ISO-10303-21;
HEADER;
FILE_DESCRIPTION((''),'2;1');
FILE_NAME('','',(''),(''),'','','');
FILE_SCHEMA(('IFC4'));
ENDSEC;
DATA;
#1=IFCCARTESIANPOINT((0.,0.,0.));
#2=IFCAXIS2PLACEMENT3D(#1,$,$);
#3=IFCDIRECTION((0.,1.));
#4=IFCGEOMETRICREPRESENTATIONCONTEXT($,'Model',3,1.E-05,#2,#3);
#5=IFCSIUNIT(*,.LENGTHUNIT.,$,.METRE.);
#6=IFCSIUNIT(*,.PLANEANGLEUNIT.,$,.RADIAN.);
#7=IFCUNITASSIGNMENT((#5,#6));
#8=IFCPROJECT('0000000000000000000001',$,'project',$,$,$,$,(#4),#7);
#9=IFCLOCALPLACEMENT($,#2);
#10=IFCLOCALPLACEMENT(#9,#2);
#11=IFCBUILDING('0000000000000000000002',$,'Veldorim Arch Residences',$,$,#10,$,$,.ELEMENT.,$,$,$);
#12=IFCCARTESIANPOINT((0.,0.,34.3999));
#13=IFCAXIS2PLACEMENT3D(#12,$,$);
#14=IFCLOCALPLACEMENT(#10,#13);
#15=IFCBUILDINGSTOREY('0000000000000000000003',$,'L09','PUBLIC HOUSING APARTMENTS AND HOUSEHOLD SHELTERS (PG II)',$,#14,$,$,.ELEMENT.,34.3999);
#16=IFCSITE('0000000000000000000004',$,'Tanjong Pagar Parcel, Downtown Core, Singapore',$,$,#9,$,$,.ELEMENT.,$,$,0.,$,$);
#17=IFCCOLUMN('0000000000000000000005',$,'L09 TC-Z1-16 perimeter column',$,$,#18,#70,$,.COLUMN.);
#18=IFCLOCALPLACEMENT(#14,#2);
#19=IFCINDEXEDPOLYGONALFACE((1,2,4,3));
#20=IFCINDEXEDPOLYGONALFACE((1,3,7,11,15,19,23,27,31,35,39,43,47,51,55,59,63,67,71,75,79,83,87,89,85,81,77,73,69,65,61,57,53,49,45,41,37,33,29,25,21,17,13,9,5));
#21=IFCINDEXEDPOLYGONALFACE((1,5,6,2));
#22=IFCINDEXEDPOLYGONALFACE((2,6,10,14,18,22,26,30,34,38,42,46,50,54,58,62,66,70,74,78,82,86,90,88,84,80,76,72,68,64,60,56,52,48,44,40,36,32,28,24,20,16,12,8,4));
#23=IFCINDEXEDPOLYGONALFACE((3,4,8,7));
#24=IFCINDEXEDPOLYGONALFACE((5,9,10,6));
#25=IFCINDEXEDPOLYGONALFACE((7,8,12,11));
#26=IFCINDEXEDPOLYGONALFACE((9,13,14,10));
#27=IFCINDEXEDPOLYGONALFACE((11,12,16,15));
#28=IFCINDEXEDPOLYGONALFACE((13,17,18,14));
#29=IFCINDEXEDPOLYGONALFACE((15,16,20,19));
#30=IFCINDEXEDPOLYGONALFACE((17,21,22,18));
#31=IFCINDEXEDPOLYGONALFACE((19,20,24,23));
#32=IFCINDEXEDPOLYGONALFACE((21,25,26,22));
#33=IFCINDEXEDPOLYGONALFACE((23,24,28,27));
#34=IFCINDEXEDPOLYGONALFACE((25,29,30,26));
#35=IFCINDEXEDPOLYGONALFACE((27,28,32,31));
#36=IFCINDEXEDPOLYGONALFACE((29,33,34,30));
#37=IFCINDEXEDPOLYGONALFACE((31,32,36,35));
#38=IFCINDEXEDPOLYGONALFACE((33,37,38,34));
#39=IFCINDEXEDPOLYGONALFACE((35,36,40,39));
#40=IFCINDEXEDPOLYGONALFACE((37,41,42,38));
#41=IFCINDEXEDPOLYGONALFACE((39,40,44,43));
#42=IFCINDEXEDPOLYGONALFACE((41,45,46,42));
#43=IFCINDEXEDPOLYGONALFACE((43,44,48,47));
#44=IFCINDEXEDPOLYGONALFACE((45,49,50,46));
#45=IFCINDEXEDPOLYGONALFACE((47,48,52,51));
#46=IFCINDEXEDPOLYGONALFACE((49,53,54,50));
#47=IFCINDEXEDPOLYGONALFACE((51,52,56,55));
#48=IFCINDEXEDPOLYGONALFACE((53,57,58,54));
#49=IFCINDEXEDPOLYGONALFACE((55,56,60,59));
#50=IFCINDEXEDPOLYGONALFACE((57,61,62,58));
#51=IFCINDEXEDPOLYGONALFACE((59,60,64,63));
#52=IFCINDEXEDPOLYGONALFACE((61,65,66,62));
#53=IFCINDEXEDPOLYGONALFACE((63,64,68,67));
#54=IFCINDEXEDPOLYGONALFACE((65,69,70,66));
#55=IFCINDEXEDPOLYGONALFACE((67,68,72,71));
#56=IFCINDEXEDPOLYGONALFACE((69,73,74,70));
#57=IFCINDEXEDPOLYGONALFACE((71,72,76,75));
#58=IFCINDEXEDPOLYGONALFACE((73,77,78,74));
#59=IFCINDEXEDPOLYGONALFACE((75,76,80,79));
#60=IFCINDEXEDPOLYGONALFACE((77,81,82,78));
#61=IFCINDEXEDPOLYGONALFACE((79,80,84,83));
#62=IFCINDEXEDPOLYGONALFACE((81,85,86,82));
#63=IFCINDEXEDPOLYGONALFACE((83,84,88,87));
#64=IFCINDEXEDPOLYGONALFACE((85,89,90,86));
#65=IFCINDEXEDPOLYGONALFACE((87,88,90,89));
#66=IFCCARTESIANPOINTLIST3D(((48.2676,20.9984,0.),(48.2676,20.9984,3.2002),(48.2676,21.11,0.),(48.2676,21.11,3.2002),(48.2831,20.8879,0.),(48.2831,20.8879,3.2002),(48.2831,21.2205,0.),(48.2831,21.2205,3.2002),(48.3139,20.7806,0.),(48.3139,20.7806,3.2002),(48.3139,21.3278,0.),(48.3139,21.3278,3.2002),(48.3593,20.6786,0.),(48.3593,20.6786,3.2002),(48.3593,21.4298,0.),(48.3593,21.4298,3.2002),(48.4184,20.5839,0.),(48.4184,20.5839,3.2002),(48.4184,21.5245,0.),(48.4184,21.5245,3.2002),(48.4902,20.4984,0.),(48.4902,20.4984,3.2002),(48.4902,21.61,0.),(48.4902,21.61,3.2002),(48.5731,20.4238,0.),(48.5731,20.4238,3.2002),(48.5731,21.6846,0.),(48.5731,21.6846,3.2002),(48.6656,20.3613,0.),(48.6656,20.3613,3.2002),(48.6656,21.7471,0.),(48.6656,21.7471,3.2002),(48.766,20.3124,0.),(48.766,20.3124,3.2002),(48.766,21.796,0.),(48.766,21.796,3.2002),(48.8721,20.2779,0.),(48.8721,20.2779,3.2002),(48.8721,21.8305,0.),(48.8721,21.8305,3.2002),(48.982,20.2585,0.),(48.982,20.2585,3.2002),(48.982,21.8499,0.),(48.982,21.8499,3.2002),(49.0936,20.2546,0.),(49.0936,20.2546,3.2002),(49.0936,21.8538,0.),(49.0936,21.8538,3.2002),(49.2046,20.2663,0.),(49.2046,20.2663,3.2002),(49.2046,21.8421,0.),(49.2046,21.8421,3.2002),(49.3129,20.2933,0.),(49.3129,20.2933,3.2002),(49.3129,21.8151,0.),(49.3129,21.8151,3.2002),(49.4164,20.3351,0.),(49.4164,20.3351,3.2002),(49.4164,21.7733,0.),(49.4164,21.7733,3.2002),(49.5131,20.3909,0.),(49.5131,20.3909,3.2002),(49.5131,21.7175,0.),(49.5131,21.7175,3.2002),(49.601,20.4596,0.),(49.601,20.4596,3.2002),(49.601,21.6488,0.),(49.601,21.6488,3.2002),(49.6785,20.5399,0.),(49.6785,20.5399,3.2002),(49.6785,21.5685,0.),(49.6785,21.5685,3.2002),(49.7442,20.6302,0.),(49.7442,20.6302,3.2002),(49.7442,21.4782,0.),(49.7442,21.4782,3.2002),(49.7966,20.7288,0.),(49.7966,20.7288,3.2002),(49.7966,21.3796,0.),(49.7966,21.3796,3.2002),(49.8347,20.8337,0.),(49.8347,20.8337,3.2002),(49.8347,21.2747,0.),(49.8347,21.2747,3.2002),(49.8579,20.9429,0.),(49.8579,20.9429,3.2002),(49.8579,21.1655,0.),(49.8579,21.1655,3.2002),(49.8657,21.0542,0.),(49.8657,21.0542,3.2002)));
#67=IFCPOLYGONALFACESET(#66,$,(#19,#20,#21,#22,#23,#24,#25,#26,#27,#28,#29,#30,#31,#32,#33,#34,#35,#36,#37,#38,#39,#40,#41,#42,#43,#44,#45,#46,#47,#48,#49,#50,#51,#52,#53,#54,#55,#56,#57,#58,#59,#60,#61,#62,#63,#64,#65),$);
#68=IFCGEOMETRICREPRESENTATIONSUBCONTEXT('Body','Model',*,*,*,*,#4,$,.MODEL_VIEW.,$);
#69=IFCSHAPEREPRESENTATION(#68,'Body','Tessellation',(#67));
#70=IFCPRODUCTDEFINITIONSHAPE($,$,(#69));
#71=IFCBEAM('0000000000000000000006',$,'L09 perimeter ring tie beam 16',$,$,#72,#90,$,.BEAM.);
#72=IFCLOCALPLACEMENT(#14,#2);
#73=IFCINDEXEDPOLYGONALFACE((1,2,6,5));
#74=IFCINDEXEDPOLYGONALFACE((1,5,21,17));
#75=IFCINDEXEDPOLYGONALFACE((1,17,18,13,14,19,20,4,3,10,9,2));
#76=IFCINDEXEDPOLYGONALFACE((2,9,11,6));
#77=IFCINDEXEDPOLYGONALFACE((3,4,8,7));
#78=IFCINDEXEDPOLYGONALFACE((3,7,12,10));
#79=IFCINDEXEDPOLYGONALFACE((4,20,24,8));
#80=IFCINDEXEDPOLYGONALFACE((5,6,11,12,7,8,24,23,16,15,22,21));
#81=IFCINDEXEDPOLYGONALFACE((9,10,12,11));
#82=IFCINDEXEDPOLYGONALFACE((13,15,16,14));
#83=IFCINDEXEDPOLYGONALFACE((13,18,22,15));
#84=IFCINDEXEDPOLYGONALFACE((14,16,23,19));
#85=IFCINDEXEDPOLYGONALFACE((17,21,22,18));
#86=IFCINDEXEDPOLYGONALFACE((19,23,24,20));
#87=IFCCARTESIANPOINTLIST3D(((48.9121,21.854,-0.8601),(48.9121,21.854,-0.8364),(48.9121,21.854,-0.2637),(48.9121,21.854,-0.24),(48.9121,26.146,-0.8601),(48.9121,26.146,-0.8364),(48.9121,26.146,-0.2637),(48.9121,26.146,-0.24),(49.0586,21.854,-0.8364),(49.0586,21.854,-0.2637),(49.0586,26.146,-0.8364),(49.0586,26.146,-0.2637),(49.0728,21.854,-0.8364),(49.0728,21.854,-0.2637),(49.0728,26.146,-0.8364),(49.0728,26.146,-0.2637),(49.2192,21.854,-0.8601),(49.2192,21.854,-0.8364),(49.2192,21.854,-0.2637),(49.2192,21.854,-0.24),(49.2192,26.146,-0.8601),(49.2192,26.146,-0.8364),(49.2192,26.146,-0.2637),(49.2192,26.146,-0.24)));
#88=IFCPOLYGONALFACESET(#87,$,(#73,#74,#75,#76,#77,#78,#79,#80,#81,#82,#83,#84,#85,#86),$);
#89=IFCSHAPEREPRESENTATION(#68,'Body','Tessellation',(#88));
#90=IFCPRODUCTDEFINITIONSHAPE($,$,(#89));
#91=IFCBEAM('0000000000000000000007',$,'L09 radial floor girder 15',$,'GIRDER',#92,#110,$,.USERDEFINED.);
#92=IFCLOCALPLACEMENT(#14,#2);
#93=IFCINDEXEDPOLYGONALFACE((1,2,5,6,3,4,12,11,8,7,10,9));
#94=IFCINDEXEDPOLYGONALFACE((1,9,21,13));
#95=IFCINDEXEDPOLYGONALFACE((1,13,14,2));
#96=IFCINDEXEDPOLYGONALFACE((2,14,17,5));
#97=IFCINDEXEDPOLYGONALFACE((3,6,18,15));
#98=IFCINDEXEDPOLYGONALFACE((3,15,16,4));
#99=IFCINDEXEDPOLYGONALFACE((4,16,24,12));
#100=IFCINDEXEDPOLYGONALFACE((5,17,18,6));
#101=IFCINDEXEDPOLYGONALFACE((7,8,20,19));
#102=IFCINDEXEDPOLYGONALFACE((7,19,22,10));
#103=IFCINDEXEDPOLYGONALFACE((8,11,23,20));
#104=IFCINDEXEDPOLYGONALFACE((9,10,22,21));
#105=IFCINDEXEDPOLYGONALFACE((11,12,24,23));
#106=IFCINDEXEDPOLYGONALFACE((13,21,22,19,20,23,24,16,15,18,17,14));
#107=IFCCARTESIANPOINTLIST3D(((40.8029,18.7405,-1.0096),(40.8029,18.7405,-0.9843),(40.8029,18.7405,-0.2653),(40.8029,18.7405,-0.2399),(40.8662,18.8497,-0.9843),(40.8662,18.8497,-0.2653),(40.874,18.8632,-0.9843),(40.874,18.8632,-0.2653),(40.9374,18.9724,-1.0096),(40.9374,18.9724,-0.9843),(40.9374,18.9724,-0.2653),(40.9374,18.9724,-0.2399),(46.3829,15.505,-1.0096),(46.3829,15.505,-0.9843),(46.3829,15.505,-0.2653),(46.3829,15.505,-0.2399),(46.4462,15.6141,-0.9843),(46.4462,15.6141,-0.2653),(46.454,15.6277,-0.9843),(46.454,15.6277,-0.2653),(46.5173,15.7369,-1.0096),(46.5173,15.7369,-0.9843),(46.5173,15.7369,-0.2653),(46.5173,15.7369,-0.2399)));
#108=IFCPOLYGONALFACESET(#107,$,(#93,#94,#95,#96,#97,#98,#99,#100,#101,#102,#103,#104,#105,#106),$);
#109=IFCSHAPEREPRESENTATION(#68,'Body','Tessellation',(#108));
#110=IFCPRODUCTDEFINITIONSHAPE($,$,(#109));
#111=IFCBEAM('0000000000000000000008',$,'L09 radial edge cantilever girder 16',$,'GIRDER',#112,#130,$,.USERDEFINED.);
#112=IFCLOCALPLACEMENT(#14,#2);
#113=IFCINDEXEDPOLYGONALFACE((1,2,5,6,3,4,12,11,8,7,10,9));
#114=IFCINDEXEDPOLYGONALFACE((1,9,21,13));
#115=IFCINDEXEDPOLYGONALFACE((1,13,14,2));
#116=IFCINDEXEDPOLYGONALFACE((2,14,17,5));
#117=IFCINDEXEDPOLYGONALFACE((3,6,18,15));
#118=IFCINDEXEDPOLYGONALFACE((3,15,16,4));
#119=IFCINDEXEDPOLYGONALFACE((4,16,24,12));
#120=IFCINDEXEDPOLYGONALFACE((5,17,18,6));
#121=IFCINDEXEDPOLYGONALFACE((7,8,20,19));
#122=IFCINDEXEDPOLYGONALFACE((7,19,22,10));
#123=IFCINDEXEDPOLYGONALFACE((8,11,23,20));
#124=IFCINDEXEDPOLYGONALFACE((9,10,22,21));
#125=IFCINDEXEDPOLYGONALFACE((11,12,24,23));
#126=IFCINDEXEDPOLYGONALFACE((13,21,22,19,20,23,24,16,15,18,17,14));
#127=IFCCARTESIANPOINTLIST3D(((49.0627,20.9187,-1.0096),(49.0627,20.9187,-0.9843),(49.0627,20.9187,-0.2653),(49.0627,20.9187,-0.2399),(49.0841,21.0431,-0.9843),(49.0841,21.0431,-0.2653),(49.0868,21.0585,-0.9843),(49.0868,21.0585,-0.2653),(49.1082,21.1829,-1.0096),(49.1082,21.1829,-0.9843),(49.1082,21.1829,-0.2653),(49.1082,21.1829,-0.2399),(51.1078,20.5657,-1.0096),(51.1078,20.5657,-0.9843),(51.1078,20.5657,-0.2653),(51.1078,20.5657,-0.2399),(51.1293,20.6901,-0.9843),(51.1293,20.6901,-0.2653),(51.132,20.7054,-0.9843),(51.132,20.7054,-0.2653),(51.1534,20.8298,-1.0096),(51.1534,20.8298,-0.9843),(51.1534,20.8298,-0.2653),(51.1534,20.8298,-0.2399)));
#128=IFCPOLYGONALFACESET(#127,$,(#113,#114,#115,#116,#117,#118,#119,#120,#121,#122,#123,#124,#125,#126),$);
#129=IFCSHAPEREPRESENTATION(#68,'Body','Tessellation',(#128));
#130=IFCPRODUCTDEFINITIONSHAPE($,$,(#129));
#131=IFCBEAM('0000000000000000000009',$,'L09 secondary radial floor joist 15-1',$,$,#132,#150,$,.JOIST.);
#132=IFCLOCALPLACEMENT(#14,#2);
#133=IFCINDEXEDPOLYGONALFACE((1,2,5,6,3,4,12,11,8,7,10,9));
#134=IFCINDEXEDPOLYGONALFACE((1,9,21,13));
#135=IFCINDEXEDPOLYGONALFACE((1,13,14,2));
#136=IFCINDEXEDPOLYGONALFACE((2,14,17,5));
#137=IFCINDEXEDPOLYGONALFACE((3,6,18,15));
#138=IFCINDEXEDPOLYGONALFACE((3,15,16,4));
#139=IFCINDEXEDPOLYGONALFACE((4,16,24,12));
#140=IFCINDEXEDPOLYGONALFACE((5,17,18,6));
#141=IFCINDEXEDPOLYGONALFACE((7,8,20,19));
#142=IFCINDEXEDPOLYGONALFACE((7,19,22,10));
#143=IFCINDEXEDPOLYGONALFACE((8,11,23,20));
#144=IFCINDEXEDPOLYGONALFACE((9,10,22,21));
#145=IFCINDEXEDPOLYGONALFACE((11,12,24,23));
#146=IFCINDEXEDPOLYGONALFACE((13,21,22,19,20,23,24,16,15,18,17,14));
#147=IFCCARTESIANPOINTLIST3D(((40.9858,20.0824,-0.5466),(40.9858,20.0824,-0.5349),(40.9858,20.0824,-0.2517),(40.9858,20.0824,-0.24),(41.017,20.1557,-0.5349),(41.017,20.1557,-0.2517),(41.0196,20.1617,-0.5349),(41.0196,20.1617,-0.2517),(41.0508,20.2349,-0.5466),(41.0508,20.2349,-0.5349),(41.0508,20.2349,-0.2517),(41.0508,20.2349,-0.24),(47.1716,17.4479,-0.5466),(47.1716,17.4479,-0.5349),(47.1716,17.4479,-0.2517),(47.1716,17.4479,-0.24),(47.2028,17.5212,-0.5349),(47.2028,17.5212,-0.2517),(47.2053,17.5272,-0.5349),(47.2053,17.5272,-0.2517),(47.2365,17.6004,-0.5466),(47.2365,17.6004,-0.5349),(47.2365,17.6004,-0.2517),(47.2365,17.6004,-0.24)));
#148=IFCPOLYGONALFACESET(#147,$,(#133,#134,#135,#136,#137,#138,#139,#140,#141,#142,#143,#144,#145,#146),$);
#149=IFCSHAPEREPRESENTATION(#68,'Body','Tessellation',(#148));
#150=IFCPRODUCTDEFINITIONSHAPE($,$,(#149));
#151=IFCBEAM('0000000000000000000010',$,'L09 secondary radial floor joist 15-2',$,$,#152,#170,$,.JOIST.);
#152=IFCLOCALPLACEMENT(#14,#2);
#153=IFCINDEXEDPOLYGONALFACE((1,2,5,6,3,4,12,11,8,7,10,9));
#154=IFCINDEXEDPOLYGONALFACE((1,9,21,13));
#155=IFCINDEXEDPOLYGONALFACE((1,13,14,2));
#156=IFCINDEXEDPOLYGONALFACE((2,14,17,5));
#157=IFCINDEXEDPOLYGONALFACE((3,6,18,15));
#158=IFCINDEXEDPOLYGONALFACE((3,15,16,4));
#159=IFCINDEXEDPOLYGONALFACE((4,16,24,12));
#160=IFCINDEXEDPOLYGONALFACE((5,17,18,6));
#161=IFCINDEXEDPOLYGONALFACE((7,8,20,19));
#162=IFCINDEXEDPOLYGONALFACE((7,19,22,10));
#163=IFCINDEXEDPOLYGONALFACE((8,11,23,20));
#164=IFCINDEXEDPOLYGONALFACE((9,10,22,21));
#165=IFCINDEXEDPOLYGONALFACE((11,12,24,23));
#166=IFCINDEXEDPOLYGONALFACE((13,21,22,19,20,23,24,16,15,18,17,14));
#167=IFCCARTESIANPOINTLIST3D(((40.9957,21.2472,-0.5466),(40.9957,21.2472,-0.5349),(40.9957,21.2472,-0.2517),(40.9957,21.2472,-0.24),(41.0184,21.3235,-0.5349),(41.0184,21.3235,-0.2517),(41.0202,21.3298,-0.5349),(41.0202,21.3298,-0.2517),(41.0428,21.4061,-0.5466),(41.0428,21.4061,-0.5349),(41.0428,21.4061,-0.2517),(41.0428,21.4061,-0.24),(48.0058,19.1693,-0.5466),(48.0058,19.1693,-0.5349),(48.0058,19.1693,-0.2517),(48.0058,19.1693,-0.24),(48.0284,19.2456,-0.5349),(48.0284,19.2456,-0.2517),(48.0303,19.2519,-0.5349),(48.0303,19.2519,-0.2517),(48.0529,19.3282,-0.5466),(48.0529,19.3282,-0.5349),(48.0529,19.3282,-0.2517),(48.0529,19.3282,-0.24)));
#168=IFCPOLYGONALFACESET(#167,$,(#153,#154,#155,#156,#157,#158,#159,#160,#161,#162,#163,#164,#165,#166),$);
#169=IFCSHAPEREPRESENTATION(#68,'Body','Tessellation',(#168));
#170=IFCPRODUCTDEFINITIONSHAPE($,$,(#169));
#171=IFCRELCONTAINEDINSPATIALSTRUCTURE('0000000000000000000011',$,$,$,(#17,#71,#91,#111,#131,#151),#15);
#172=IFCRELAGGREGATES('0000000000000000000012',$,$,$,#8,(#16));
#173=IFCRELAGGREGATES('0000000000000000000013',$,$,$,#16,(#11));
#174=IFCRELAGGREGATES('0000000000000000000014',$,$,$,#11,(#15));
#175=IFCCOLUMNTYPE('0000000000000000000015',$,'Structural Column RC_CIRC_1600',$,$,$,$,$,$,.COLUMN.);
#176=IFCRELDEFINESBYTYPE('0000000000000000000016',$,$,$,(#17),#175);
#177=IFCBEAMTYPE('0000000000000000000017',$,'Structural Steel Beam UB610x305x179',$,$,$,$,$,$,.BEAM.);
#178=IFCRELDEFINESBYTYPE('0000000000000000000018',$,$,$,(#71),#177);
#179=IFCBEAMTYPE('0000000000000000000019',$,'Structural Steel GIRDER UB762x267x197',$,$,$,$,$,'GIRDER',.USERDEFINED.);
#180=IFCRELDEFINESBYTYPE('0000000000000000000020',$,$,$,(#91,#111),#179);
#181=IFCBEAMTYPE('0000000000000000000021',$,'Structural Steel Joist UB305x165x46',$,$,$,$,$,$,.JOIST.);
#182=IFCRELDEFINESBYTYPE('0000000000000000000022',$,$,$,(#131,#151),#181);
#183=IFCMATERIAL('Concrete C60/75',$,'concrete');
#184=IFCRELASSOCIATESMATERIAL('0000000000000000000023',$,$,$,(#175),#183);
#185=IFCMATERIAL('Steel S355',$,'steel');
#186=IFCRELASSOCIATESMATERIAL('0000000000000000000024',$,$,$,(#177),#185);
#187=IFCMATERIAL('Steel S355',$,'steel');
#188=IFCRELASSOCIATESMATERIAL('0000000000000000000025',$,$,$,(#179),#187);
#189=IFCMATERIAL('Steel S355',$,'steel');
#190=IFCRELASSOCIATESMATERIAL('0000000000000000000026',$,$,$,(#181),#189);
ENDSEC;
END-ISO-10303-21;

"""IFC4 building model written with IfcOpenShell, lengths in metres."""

from ifc_helpers import new_model, si_unit, direction, frame, origin, origin_2d, place, context, subcontext, project, spatial, circle, i_section, extrude, material, material_profile, profile_set, type_object, element, save


model = new_model("IFC4")

# Units and contexts
model_context = context("Model", 3, precision=1e-05, world=origin(), true_north=direction((0.0, 1.0)))
body_context = subcontext(model_context, "Body", "Model", "MODEL_VIEW")
ifc_project = project(units=[si_unit("LENGTHUNIT", "METRE"), si_unit("PLANEANGLEUNIT", "RADIAN")], contexts=[model_context])

# Site, building, storey
site_placement = place(None, origin())
site = spatial("IfcSite", under=ifc_project, at=site_placement, Name="Tanjong Pagar Parcel, Downtown Core, Singapore", CompositionType="ELEMENT", RefElevation=0.0)
building_placement = place(site_placement, origin())
building = spatial("IfcBuilding", under=site, at=building_placement, Name="Veldorim Arch Residences", CompositionType="ELEMENT")
storey_placement = place(building_placement, frame((0.0, 0.0, 34.3999)))
storey = spatial("IfcBuildingStorey", under=building, at=storey_placement, Name="L09", Description="PUBLIC HOUSING APARTMENTS AND HOUSEHOLD SHELTERS (PG II)", CompositionType="ELEMENT", Elevation=34.3999)

# Column
ifc_material_1 = material(Name="Concrete C60/75", Category="concrete")
ifc_material_profile_1 = material_profile(ifc_material_1, circle(Radius=0.8, at=origin_2d()), Name="RC_CIRC_1600")
ifc_profile_set_1 = profile_set([ifc_material_profile_1], Name="Concrete C60/75")
column_type = type_object("IfcColumnType", Name="Structural Column RC_CIRC_1600", PredefinedType="COLUMN", material=ifc_profile_set_1)
column_placement = place(storey_placement, frame((49.0657, 21.0542, 0.0), z_axis=(0.0, 0.0, 1.0), x_axis=(1.0, 0.0, 0.0)))
element("IfcColumn", 1, at=column_placement, inside=storey, type_object=column_type, Name="L09 TC-Z1-16 perimeter column", PredefinedType="COLUMN", context=body_context, shape_type="SweptSolid", body=[
    extrude(circle(Radius=0.8, at=origin_2d()), origin(), (0.0, 0.0, 1.0), 3.2002),
])

# Beams
ifc_material_2 = material(Name="Steel S355", Category="steel")
ifc_material_profile_2 = material_profile(ifc_material_2, i_section(OverallWidth=0.3071, OverallDepth=0.6201, WebThickness=0.0142, FlangeThickness=0.0237, at=origin_2d()), Name="UB610x305x179")
ifc_profile_set_2 = profile_set([ifc_material_profile_2], Name="Steel S355")
beam_type_1 = type_object("IfcBeamType", Name="Structural Steel Beam UB610x305x179", PredefinedType="BEAM", material=ifc_profile_set_2)
beam_1_placement = place(storey_placement, frame((49.0657, 21.854, -0.55), z_axis=(0.0, 1.0, 0.0), x_axis=(-1.0, 0.0, 0.0)))
element("IfcBeam", 2, at=beam_1_placement, inside=storey, type_object=beam_type_1, Name="L09 perimeter ring tie beam 16", PredefinedType="BEAM", context=body_context, shape_type="SweptSolid", body=[
    extrude(i_section(OverallWidth=0.3071, OverallDepth=0.6201, WebThickness=0.0142, FlangeThickness=0.0237, at=origin_2d()), origin(), (0.0, 0.0, 1.0), 4.292),
])
ifc_material_3 = material(Name="Steel S355", Category="steel")
ifc_material_profile_3 = material_profile(ifc_material_3, i_section(OverallWidth=0.2681, OverallDepth=0.7698, WebThickness=0.0156, FlangeThickness=0.0254, at=origin_2d()), Name="UB762x267x197")
ifc_profile_set_3 = profile_set([ifc_material_profile_3], Name="Steel S355")
beam_type_2 = type_object("IfcBeamType", Name="Structural Steel GIRDER UB762x267x197", ElementType="GIRDER", PredefinedType="USERDEFINED", material=ifc_profile_set_3)
beam_2_placement = place(storey_placement, frame((40.8701, 18.8564, -0.6248), z_axis=(0.865088, -0.50162, 0.0), x_axis=(0.50162, 0.865088, 0.0)))
element("IfcBeam", 3, at=beam_2_placement, inside=storey, type_object=beam_type_2, Name="L09 radial floor girder 15", ObjectType="GIRDER", PredefinedType="USERDEFINED", context=body_context, shape_type="SweptSolid", body=[
    extrude(i_section(OverallWidth=0.2681, OverallDepth=0.7698, WebThickness=0.0156, FlangeThickness=0.0254, at=origin_2d()), origin(), (0.0, 0.0, 1.0), 6.4502),
])
beam_3_placement = place(storey_placement, frame((49.0854, 21.0508, -0.6248), z_axis=(0.985427, -0.1701, 0.0), x_axis=(0.1701, 0.985427, 0.0)))
element("IfcBeam", 4, at=beam_3_placement, inside=storey, type_object=beam_type_2, Name="L09 radial edge cantilever girder 16", ObjectType="GIRDER", PredefinedType="USERDEFINED", context=body_context, shape_type="SweptSolid", body=[
    extrude(i_section(OverallWidth=0.2681, OverallDepth=0.7698, WebThickness=0.0156, FlangeThickness=0.0254, at=origin_2d()), origin(), (0.0, 0.0, 1.0), 2.0754),
])
ifc_material_4 = material(Name="Steel S355", Category="steel")
ifc_material_profile_4 = material_profile(ifc_material_4, i_section(OverallWidth=0.1658, OverallDepth=0.3066, WebThickness=0.0066, FlangeThickness=0.0117, at=origin_2d()), Name="UB305x165x46")
ifc_profile_set_4 = profile_set([ifc_material_profile_4], Name="Steel S355")
beam_type_3 = type_object("IfcBeamType", Name="Structural Steel Joist UB305x165x46", PredefinedType="JOIST", material=ifc_profile_set_4)
beam_4_placement = place(storey_placement, frame((41.0183, 20.1587, -0.3933), z_axis=(0.920033, -0.391841, 0.0), x_axis=(0.391841, 0.920033, 0.0)))
element("IfcBeam", 5, at=beam_4_placement, inside=storey, type_object=beam_type_3, Name="L09 secondary radial floor joist 15-1", PredefinedType="JOIST", context=body_context, shape_type="SweptSolid", body=[
    extrude(i_section(OverallWidth=0.1658, OverallDepth=0.3066, WebThickness=0.0066, FlangeThickness=0.0117, at=origin_2d()), origin(), (0.0, 0.0, 1.0), 6.7234),
])
beam_5_placement = place(storey_placement, frame((41.0193, 21.3267, -0.3933), z_axis=(0.958767, -0.284194, 0.0), x_axis=(0.284194, 0.958767, 0.0)))
element("IfcBeam", 6, at=beam_5_placement, inside=storey, type_object=beam_type_3, Name="L09 secondary radial floor joist 15-2", PredefinedType="JOIST", context=body_context, shape_type="SweptSolid", body=[
    extrude(i_section(OverallWidth=0.1658, OverallDepth=0.3066, WebThickness=0.0066, FlangeThickness=0.0117, at=origin_2d()), origin(), (0.0, 0.0, 1.0), 7.3115),
])

save(model, "model.ifc")
